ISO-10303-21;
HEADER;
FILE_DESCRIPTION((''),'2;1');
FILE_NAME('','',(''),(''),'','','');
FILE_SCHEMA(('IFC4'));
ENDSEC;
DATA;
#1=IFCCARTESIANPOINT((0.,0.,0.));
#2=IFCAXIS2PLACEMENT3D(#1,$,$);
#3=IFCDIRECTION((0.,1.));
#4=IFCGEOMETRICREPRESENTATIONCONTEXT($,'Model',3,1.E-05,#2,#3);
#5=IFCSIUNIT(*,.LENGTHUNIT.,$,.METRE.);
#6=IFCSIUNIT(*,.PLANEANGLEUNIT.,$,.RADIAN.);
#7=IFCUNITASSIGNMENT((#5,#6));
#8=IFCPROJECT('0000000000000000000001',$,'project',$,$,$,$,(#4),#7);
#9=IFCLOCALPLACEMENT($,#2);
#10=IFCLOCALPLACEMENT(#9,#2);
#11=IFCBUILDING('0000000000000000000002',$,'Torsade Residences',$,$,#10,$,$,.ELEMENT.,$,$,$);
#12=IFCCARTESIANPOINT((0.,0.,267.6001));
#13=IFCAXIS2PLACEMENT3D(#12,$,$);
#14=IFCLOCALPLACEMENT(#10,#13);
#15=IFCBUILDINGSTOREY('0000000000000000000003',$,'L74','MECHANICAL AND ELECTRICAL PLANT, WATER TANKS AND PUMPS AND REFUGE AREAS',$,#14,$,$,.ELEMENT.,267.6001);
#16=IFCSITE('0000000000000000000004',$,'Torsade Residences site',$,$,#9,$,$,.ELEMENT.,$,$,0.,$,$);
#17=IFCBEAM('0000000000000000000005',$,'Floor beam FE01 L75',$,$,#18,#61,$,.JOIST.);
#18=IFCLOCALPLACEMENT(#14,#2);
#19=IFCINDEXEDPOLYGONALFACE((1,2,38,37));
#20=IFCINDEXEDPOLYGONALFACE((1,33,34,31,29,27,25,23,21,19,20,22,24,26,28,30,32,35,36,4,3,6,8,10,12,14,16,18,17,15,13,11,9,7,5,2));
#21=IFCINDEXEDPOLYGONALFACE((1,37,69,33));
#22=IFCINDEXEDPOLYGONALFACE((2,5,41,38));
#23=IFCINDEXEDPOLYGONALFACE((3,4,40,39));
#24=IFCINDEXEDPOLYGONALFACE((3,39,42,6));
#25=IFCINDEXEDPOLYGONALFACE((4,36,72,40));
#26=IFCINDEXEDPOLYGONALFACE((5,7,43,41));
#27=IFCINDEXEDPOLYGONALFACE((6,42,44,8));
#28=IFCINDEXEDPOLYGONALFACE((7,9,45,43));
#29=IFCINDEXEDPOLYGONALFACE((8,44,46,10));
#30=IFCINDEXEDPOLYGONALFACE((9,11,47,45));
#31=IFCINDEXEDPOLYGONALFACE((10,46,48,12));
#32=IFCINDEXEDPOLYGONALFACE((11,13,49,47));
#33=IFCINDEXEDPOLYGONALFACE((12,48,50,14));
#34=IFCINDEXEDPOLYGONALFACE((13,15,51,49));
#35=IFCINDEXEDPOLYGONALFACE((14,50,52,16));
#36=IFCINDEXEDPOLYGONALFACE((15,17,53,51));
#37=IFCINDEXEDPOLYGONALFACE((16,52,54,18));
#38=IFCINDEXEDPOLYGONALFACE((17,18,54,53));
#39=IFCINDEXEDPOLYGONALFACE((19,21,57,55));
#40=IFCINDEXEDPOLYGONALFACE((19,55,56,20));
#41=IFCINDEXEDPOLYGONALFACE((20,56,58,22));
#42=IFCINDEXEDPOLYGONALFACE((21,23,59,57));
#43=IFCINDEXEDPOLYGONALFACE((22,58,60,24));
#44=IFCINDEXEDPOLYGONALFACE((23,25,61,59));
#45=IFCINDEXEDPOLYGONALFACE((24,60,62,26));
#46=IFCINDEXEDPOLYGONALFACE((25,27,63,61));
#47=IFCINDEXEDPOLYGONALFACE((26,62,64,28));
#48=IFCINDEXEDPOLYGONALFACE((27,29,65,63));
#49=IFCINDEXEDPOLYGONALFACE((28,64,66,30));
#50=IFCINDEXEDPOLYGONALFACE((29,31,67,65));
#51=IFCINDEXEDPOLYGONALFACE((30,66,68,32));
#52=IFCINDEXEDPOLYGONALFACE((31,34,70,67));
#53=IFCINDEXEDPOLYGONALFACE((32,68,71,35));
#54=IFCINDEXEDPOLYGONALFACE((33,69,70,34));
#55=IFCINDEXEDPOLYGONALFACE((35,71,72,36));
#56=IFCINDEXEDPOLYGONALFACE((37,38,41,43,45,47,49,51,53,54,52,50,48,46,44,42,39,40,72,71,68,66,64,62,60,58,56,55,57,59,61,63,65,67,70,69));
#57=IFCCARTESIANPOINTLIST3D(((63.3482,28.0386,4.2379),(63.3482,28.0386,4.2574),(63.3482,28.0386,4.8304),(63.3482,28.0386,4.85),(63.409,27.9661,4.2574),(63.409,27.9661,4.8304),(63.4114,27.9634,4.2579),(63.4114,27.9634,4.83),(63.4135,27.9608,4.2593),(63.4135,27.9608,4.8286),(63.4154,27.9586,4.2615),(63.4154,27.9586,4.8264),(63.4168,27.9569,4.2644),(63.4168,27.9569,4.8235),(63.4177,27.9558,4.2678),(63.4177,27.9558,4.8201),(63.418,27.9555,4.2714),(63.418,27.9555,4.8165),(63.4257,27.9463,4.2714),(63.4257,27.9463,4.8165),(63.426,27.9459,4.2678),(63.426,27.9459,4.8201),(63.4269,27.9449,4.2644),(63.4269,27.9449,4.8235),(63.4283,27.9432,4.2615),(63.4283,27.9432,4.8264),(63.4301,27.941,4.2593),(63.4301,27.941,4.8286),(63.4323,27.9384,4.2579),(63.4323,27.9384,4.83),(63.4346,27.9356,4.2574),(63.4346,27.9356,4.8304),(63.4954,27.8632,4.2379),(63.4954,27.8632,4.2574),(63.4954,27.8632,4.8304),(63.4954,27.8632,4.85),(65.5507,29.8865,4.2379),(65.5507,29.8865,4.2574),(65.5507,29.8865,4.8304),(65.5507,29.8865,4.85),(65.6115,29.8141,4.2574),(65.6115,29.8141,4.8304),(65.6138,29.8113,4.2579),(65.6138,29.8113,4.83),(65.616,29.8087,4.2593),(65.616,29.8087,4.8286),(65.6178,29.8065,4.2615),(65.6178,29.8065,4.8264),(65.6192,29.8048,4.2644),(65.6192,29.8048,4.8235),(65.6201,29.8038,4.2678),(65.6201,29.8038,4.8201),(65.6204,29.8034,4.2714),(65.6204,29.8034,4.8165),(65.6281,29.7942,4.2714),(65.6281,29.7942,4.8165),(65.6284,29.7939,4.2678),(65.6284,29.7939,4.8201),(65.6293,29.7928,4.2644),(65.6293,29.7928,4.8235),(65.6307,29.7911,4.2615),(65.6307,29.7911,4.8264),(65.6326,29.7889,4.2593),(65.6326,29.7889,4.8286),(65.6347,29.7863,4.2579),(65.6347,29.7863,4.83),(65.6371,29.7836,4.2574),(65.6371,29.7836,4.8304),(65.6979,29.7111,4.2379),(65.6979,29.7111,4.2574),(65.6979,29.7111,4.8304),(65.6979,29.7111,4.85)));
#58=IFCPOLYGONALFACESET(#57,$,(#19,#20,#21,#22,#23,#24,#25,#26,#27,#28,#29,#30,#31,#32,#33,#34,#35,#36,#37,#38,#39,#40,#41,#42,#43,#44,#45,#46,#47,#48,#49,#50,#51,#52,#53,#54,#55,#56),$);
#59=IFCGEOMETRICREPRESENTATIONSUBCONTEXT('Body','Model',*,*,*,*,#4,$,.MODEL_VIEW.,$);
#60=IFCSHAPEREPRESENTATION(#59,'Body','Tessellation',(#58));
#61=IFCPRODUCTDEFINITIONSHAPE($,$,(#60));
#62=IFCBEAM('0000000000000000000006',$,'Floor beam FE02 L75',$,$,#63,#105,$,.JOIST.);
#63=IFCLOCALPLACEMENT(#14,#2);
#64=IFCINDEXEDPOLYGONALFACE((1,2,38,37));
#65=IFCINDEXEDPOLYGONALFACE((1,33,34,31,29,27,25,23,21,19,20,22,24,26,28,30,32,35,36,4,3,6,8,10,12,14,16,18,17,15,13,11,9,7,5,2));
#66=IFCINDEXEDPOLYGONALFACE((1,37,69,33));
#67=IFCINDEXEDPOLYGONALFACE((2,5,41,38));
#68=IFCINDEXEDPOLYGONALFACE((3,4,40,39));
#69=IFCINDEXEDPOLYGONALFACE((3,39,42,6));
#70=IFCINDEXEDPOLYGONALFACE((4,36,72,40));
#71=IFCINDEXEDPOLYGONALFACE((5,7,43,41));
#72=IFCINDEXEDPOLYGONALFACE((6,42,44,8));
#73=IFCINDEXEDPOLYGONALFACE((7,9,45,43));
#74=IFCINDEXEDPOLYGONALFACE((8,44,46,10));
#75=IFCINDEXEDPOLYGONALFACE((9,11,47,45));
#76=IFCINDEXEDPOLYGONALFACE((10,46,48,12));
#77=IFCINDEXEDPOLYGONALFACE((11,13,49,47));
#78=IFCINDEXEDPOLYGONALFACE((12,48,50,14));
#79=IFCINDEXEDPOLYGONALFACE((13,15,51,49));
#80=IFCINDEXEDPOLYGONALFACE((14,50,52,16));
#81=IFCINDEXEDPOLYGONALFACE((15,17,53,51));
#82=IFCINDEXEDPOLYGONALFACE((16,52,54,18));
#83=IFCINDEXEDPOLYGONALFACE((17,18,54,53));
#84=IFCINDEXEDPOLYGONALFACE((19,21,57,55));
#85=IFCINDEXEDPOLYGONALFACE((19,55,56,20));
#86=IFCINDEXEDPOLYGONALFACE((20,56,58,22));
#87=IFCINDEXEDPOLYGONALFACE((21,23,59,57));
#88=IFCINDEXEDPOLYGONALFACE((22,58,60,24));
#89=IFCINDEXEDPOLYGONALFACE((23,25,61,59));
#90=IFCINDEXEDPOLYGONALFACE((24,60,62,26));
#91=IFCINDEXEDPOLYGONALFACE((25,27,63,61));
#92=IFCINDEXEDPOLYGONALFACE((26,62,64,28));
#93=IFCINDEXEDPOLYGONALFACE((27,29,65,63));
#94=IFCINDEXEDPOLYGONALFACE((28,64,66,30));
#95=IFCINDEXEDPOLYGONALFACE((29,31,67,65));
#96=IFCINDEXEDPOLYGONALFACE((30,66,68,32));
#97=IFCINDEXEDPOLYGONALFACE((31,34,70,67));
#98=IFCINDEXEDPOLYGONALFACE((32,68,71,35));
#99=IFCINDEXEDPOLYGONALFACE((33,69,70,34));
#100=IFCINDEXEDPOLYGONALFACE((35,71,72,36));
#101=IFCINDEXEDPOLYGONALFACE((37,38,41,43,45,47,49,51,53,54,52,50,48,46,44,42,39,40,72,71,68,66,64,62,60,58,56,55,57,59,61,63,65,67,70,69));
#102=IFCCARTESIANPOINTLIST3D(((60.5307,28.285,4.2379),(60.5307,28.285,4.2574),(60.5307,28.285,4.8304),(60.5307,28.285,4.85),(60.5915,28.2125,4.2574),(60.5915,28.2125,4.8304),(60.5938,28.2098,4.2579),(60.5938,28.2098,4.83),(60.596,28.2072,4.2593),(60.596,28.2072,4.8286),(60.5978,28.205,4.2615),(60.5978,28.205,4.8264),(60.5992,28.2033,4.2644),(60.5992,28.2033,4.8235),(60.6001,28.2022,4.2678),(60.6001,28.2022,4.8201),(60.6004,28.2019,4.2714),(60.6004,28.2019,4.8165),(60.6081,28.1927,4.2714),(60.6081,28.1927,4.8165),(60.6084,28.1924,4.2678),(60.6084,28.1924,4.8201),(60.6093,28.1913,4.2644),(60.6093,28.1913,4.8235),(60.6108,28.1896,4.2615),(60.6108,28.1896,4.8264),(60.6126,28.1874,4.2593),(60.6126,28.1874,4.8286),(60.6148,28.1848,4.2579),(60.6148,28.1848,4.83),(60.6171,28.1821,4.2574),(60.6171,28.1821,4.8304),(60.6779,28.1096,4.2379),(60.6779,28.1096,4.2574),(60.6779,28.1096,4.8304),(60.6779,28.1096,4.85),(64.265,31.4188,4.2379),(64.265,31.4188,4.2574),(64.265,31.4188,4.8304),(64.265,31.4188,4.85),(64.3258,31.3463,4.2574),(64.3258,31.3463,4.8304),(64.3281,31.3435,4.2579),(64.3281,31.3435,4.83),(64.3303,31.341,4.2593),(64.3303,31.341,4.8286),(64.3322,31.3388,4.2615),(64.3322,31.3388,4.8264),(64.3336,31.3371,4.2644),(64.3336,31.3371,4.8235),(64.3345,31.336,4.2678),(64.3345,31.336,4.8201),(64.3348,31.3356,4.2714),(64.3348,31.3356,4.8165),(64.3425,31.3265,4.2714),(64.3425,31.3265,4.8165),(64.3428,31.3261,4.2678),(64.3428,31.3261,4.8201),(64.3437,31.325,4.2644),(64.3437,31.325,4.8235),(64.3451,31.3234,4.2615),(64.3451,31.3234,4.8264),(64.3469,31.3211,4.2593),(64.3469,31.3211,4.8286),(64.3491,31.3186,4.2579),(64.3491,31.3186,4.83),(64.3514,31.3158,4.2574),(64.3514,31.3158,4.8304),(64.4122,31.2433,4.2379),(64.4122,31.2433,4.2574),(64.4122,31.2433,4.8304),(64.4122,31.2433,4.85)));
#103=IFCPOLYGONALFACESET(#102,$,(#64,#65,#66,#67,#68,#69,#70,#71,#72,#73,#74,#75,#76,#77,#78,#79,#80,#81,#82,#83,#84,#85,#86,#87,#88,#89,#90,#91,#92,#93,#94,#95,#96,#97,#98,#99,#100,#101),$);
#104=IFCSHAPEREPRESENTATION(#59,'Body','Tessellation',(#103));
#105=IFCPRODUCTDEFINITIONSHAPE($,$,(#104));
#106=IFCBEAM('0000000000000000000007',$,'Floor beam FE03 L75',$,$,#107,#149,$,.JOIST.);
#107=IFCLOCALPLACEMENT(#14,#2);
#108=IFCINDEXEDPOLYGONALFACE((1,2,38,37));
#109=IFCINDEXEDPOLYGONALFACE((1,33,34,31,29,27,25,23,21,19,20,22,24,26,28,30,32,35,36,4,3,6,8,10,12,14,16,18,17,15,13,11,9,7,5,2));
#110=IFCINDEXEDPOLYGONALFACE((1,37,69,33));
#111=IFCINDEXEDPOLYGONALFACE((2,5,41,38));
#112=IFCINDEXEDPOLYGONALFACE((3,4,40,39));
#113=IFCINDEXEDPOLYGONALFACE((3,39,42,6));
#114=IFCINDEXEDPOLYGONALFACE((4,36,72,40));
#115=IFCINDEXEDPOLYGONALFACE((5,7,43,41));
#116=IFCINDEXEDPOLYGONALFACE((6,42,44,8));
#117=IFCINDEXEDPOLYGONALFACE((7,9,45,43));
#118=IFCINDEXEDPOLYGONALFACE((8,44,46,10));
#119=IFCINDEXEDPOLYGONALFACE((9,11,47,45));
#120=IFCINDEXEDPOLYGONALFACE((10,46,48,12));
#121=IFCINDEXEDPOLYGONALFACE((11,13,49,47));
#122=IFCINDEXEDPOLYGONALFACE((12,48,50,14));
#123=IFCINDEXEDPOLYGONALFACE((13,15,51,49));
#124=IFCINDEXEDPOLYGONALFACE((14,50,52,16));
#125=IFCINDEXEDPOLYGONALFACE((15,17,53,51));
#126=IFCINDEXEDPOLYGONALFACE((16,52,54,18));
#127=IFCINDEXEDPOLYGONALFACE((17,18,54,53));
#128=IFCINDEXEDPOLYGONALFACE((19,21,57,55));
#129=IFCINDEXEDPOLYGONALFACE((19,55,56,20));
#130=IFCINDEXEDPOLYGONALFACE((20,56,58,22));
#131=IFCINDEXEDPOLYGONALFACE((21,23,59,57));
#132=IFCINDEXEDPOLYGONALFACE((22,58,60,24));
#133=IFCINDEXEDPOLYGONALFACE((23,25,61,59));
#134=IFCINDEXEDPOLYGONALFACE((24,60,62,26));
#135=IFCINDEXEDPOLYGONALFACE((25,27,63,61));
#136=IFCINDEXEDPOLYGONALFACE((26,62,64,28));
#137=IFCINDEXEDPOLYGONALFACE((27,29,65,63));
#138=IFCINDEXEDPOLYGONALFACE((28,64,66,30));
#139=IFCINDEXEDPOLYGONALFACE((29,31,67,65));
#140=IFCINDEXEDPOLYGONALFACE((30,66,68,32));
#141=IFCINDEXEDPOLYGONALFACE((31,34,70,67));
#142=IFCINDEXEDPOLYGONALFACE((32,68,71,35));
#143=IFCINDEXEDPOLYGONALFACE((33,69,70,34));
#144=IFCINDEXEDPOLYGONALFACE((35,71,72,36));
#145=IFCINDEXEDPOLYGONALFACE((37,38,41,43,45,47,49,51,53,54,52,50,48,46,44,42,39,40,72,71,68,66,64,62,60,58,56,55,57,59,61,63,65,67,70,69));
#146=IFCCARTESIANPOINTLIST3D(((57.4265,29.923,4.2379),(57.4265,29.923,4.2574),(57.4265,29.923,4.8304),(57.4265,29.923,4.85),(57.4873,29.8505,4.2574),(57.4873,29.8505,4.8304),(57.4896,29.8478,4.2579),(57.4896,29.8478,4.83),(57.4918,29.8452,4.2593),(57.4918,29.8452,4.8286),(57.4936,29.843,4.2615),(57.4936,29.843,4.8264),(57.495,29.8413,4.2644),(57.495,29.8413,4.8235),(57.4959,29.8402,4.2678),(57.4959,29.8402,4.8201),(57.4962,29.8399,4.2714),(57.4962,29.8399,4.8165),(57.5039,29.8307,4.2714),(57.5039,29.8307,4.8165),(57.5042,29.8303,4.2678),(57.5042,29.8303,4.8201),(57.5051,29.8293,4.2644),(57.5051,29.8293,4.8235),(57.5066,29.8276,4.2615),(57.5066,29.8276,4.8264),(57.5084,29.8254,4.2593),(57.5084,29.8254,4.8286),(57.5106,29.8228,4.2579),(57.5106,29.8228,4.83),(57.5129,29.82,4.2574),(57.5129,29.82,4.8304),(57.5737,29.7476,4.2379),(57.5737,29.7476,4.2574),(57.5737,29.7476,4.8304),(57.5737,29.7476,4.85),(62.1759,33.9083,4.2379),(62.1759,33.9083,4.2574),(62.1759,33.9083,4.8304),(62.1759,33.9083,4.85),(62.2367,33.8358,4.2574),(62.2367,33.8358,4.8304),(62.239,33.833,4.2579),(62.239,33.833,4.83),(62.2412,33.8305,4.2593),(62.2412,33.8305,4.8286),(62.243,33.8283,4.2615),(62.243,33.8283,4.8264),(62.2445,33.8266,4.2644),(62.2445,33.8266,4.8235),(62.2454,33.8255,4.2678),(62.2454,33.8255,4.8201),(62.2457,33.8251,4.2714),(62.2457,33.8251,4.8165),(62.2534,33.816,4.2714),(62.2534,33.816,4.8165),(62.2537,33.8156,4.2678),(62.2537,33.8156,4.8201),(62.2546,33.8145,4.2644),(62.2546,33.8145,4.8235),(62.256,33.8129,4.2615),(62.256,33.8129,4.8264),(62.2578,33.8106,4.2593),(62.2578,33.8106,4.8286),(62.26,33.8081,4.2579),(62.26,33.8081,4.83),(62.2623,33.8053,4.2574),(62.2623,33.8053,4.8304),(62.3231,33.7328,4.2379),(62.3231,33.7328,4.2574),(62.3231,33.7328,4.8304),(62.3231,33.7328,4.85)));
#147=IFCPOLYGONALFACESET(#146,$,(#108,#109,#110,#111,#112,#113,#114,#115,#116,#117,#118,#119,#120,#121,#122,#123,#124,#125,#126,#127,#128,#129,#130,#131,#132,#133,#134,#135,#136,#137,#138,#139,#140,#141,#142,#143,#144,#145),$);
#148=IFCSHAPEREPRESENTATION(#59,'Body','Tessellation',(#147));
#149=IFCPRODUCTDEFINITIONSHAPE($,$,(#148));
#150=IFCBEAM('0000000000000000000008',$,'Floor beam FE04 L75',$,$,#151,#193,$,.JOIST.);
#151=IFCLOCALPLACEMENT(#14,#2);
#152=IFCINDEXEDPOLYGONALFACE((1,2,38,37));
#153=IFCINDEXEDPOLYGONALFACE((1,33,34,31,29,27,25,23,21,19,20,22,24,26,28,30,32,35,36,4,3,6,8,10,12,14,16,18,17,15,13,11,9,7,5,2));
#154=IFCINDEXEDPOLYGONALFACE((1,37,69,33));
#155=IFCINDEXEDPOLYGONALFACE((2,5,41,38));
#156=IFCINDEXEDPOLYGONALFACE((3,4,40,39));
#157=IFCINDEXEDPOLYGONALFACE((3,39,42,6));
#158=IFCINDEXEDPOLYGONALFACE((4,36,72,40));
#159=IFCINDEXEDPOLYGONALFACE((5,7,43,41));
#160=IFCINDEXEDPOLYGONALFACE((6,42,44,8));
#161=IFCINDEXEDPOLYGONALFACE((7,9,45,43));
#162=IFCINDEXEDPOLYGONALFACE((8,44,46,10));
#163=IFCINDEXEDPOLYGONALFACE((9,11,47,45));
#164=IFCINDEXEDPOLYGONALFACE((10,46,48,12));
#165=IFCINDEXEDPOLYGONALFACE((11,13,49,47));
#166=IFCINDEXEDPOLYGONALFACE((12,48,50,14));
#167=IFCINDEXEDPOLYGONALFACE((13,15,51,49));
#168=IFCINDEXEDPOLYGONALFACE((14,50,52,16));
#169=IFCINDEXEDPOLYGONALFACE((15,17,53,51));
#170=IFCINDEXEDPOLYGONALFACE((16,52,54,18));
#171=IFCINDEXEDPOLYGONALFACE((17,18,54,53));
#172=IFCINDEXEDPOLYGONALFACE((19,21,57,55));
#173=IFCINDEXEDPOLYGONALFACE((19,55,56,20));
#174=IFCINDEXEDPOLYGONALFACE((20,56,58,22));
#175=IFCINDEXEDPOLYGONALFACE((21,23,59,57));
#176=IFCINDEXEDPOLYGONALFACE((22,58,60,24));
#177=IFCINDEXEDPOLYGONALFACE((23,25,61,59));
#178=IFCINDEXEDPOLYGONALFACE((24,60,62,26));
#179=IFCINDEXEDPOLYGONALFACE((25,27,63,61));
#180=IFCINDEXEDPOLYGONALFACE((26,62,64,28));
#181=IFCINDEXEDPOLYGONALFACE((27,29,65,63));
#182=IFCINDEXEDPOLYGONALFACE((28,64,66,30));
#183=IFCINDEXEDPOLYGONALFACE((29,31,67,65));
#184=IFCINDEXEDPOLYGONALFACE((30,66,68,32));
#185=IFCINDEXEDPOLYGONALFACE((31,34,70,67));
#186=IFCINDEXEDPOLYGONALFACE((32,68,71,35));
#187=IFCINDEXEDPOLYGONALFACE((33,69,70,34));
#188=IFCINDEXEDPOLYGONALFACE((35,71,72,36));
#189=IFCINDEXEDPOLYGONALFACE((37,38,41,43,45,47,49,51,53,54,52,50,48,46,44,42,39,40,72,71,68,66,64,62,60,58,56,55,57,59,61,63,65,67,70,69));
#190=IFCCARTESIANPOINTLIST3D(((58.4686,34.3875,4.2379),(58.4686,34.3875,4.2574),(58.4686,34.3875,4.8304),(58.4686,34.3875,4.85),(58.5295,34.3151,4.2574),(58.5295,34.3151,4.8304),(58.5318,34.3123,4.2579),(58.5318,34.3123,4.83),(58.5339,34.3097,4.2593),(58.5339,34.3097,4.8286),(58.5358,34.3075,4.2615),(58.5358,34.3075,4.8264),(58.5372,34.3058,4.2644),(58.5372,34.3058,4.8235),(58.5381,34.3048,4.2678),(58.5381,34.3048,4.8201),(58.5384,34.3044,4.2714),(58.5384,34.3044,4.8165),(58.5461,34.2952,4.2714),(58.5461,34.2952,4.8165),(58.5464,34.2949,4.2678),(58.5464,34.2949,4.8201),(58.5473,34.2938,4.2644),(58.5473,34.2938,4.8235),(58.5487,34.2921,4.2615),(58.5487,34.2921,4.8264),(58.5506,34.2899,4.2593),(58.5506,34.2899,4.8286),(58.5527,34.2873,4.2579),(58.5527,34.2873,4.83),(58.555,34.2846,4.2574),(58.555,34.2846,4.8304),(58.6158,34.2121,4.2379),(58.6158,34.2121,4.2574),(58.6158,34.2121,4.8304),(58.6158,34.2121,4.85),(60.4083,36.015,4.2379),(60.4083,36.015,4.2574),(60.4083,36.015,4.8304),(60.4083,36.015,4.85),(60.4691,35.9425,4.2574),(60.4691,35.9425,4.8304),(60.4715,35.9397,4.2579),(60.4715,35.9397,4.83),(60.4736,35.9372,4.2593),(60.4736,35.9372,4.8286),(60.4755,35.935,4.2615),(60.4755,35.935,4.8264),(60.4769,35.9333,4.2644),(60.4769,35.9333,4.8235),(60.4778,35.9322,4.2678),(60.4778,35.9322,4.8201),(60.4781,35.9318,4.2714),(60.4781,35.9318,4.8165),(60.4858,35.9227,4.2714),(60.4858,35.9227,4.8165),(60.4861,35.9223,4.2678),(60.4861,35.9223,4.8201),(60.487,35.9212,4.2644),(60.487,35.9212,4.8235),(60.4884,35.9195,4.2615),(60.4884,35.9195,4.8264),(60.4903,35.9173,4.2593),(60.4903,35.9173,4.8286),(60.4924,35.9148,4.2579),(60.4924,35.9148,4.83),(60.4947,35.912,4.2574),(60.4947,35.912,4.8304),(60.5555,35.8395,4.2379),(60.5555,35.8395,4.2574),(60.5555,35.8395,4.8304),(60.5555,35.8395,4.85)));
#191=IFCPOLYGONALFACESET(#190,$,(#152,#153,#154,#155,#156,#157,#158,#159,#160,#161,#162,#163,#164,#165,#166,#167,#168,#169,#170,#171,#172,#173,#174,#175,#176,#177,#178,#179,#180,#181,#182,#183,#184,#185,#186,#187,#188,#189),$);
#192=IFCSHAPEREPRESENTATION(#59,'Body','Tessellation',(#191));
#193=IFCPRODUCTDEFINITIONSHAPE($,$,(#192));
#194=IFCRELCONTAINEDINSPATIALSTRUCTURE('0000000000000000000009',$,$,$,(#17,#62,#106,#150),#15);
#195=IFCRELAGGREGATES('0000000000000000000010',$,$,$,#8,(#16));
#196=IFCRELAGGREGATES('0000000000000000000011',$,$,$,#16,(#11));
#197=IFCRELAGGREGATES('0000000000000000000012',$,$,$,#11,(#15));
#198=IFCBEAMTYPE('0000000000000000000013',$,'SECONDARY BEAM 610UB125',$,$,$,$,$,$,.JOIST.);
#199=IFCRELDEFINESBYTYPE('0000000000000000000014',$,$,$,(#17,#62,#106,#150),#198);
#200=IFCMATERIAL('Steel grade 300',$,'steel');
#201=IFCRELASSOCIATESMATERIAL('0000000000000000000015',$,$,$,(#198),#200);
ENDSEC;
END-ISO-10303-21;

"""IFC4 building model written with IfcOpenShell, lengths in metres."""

from ifc_helpers import new_model, si_unit, direction, frame, origin, origin_2d, place, context, subcontext, project, spatial, i_section, extrude, material, material_profile, profile_set, type_object, element, save


model = new_model("IFC4")

# Units and contexts
model_context = context("Model", 3, precision=1e-05, world=origin(), true_north=direction((0.0, 1.0)))
body_context = subcontext(model_context, "Body", "Model", "MODEL_VIEW")
ifc_project = project(units=[si_unit("LENGTHUNIT", "METRE"), si_unit("PLANEANGLEUNIT", "RADIAN")], contexts=[model_context])

# Site, building, storey
site_placement = place(None, origin())
site = spatial("IfcSite", under=ifc_project, at=site_placement, Name="Torsade Residences site", CompositionType="ELEMENT", RefElevation=0.0)
building_placement = place(site_placement, origin())
building = spatial("IfcBuilding", under=site, at=building_placement, Name="Torsade Residences", CompositionType="ELEMENT")
storey_placement = place(building_placement, frame((0.0, 0.0, 267.6001)))
storey = spatial("IfcBuildingStorey", under=building, at=storey_placement, Name="L74", Description="MECHANICAL AND ELECTRICAL PLANT, WATER TANKS AND PUMPS AND REFUGE AREAS", CompositionType="ELEMENT", Elevation=267.6001)

# Beams
ifc_material_1 = material(Name="Steel grade 300", Category="steel")
ifc_material_profile_1 = material_profile(ifc_material_1, i_section(OverallWidth=0.229, OverallDepth=0.6121, WebThickness=0.012, FlangeThickness=0.0195, FilletRadius=0.0139, at=origin_2d()), Name="610UB125")
ifc_profile_set_1 = profile_set([ifc_material_profile_1], Name="Steel grade 300")
beam_type_1 = type_object("IfcBeamType", Name="SECONDARY BEAM 610UB125", PredefinedType="JOIST", material=ifc_profile_set_1)
beam_1_placement = place(storey_placement, frame((65.6243, 29.7988, 4.5439), z_axis=(-0.766066, -0.642762, 0.0), x_axis=(0.642762, -0.766066, 0.0)))
element("IfcBeam", 1, at=beam_1_placement, inside=storey, type_object=beam_type_1, Name="Floor beam FE01 L75", PredefinedType="JOIST", context=body_context, shape_type="SweptSolid", body=[
    extrude(i_section(OverallWidth=0.229, OverallDepth=0.6121, WebThickness=0.012, FlangeThickness=0.0195, FilletRadius=0.0139, at=origin_2d()), origin(), (0.0, 0.0, 1.0), 2.875),
])
beam_2_placement = place(storey_placement, frame((64.3386, 31.3311, 4.5439), z_axis=(-0.766017, -0.642821, 0.0), x_axis=(0.642821, -0.766017, 0.0)))
element("IfcBeam", 2, at=beam_2_placement, inside=storey, type_object=beam_type_1, Name="Floor beam FE02 L75", PredefinedType="JOIST", context=body_context, shape_type="SweptSolid", body=[
    extrude(i_section(OverallWidth=0.229, OverallDepth=0.6121, WebThickness=0.012, FlangeThickness=0.0195, FilletRadius=0.0139, at=origin_2d()), origin(), (0.0, 0.0, 1.0), 4.875),
])
beam_3_placement = place(storey_placement, frame((62.2495, 33.8206, 4.5439), z_axis=(-0.766041, -0.642791, 0.0), x_axis=(0.642791, -0.766041, 0.0)))
element("IfcBeam", 3, at=beam_3_placement, inside=storey, type_object=beam_type_1, Name="Floor beam FE03 L75", PredefinedType="JOIST", context=body_context, shape_type="SweptSolid", body=[
    extrude(i_section(OverallWidth=0.229, OverallDepth=0.6121, WebThickness=0.012, FlangeThickness=0.0195, FilletRadius=0.0139, at=origin_2d()), origin(), (0.0, 0.0, 1.0), 6.2),
])
beam_4_placement = place(storey_placement, frame((60.4819, 35.9272, 4.5439), z_axis=(-0.766075, -0.642751, 0.0), x_axis=(0.642751, -0.766075, 0.0)))
element("IfcBeam", 4, at=beam_4_placement, inside=storey, type_object=beam_type_1, Name="Floor beam FE04 L75", PredefinedType="JOIST", context=body_context, shape_type="SweptSolid", body=[
    extrude(i_section(OverallWidth=0.229, OverallDepth=0.6121, WebThickness=0.012, FlangeThickness=0.0195, FilletRadius=0.0139, at=origin_2d()), origin(), (0.0, 0.0, 1.0), 2.532),
])

save(model, "model.ifc")
